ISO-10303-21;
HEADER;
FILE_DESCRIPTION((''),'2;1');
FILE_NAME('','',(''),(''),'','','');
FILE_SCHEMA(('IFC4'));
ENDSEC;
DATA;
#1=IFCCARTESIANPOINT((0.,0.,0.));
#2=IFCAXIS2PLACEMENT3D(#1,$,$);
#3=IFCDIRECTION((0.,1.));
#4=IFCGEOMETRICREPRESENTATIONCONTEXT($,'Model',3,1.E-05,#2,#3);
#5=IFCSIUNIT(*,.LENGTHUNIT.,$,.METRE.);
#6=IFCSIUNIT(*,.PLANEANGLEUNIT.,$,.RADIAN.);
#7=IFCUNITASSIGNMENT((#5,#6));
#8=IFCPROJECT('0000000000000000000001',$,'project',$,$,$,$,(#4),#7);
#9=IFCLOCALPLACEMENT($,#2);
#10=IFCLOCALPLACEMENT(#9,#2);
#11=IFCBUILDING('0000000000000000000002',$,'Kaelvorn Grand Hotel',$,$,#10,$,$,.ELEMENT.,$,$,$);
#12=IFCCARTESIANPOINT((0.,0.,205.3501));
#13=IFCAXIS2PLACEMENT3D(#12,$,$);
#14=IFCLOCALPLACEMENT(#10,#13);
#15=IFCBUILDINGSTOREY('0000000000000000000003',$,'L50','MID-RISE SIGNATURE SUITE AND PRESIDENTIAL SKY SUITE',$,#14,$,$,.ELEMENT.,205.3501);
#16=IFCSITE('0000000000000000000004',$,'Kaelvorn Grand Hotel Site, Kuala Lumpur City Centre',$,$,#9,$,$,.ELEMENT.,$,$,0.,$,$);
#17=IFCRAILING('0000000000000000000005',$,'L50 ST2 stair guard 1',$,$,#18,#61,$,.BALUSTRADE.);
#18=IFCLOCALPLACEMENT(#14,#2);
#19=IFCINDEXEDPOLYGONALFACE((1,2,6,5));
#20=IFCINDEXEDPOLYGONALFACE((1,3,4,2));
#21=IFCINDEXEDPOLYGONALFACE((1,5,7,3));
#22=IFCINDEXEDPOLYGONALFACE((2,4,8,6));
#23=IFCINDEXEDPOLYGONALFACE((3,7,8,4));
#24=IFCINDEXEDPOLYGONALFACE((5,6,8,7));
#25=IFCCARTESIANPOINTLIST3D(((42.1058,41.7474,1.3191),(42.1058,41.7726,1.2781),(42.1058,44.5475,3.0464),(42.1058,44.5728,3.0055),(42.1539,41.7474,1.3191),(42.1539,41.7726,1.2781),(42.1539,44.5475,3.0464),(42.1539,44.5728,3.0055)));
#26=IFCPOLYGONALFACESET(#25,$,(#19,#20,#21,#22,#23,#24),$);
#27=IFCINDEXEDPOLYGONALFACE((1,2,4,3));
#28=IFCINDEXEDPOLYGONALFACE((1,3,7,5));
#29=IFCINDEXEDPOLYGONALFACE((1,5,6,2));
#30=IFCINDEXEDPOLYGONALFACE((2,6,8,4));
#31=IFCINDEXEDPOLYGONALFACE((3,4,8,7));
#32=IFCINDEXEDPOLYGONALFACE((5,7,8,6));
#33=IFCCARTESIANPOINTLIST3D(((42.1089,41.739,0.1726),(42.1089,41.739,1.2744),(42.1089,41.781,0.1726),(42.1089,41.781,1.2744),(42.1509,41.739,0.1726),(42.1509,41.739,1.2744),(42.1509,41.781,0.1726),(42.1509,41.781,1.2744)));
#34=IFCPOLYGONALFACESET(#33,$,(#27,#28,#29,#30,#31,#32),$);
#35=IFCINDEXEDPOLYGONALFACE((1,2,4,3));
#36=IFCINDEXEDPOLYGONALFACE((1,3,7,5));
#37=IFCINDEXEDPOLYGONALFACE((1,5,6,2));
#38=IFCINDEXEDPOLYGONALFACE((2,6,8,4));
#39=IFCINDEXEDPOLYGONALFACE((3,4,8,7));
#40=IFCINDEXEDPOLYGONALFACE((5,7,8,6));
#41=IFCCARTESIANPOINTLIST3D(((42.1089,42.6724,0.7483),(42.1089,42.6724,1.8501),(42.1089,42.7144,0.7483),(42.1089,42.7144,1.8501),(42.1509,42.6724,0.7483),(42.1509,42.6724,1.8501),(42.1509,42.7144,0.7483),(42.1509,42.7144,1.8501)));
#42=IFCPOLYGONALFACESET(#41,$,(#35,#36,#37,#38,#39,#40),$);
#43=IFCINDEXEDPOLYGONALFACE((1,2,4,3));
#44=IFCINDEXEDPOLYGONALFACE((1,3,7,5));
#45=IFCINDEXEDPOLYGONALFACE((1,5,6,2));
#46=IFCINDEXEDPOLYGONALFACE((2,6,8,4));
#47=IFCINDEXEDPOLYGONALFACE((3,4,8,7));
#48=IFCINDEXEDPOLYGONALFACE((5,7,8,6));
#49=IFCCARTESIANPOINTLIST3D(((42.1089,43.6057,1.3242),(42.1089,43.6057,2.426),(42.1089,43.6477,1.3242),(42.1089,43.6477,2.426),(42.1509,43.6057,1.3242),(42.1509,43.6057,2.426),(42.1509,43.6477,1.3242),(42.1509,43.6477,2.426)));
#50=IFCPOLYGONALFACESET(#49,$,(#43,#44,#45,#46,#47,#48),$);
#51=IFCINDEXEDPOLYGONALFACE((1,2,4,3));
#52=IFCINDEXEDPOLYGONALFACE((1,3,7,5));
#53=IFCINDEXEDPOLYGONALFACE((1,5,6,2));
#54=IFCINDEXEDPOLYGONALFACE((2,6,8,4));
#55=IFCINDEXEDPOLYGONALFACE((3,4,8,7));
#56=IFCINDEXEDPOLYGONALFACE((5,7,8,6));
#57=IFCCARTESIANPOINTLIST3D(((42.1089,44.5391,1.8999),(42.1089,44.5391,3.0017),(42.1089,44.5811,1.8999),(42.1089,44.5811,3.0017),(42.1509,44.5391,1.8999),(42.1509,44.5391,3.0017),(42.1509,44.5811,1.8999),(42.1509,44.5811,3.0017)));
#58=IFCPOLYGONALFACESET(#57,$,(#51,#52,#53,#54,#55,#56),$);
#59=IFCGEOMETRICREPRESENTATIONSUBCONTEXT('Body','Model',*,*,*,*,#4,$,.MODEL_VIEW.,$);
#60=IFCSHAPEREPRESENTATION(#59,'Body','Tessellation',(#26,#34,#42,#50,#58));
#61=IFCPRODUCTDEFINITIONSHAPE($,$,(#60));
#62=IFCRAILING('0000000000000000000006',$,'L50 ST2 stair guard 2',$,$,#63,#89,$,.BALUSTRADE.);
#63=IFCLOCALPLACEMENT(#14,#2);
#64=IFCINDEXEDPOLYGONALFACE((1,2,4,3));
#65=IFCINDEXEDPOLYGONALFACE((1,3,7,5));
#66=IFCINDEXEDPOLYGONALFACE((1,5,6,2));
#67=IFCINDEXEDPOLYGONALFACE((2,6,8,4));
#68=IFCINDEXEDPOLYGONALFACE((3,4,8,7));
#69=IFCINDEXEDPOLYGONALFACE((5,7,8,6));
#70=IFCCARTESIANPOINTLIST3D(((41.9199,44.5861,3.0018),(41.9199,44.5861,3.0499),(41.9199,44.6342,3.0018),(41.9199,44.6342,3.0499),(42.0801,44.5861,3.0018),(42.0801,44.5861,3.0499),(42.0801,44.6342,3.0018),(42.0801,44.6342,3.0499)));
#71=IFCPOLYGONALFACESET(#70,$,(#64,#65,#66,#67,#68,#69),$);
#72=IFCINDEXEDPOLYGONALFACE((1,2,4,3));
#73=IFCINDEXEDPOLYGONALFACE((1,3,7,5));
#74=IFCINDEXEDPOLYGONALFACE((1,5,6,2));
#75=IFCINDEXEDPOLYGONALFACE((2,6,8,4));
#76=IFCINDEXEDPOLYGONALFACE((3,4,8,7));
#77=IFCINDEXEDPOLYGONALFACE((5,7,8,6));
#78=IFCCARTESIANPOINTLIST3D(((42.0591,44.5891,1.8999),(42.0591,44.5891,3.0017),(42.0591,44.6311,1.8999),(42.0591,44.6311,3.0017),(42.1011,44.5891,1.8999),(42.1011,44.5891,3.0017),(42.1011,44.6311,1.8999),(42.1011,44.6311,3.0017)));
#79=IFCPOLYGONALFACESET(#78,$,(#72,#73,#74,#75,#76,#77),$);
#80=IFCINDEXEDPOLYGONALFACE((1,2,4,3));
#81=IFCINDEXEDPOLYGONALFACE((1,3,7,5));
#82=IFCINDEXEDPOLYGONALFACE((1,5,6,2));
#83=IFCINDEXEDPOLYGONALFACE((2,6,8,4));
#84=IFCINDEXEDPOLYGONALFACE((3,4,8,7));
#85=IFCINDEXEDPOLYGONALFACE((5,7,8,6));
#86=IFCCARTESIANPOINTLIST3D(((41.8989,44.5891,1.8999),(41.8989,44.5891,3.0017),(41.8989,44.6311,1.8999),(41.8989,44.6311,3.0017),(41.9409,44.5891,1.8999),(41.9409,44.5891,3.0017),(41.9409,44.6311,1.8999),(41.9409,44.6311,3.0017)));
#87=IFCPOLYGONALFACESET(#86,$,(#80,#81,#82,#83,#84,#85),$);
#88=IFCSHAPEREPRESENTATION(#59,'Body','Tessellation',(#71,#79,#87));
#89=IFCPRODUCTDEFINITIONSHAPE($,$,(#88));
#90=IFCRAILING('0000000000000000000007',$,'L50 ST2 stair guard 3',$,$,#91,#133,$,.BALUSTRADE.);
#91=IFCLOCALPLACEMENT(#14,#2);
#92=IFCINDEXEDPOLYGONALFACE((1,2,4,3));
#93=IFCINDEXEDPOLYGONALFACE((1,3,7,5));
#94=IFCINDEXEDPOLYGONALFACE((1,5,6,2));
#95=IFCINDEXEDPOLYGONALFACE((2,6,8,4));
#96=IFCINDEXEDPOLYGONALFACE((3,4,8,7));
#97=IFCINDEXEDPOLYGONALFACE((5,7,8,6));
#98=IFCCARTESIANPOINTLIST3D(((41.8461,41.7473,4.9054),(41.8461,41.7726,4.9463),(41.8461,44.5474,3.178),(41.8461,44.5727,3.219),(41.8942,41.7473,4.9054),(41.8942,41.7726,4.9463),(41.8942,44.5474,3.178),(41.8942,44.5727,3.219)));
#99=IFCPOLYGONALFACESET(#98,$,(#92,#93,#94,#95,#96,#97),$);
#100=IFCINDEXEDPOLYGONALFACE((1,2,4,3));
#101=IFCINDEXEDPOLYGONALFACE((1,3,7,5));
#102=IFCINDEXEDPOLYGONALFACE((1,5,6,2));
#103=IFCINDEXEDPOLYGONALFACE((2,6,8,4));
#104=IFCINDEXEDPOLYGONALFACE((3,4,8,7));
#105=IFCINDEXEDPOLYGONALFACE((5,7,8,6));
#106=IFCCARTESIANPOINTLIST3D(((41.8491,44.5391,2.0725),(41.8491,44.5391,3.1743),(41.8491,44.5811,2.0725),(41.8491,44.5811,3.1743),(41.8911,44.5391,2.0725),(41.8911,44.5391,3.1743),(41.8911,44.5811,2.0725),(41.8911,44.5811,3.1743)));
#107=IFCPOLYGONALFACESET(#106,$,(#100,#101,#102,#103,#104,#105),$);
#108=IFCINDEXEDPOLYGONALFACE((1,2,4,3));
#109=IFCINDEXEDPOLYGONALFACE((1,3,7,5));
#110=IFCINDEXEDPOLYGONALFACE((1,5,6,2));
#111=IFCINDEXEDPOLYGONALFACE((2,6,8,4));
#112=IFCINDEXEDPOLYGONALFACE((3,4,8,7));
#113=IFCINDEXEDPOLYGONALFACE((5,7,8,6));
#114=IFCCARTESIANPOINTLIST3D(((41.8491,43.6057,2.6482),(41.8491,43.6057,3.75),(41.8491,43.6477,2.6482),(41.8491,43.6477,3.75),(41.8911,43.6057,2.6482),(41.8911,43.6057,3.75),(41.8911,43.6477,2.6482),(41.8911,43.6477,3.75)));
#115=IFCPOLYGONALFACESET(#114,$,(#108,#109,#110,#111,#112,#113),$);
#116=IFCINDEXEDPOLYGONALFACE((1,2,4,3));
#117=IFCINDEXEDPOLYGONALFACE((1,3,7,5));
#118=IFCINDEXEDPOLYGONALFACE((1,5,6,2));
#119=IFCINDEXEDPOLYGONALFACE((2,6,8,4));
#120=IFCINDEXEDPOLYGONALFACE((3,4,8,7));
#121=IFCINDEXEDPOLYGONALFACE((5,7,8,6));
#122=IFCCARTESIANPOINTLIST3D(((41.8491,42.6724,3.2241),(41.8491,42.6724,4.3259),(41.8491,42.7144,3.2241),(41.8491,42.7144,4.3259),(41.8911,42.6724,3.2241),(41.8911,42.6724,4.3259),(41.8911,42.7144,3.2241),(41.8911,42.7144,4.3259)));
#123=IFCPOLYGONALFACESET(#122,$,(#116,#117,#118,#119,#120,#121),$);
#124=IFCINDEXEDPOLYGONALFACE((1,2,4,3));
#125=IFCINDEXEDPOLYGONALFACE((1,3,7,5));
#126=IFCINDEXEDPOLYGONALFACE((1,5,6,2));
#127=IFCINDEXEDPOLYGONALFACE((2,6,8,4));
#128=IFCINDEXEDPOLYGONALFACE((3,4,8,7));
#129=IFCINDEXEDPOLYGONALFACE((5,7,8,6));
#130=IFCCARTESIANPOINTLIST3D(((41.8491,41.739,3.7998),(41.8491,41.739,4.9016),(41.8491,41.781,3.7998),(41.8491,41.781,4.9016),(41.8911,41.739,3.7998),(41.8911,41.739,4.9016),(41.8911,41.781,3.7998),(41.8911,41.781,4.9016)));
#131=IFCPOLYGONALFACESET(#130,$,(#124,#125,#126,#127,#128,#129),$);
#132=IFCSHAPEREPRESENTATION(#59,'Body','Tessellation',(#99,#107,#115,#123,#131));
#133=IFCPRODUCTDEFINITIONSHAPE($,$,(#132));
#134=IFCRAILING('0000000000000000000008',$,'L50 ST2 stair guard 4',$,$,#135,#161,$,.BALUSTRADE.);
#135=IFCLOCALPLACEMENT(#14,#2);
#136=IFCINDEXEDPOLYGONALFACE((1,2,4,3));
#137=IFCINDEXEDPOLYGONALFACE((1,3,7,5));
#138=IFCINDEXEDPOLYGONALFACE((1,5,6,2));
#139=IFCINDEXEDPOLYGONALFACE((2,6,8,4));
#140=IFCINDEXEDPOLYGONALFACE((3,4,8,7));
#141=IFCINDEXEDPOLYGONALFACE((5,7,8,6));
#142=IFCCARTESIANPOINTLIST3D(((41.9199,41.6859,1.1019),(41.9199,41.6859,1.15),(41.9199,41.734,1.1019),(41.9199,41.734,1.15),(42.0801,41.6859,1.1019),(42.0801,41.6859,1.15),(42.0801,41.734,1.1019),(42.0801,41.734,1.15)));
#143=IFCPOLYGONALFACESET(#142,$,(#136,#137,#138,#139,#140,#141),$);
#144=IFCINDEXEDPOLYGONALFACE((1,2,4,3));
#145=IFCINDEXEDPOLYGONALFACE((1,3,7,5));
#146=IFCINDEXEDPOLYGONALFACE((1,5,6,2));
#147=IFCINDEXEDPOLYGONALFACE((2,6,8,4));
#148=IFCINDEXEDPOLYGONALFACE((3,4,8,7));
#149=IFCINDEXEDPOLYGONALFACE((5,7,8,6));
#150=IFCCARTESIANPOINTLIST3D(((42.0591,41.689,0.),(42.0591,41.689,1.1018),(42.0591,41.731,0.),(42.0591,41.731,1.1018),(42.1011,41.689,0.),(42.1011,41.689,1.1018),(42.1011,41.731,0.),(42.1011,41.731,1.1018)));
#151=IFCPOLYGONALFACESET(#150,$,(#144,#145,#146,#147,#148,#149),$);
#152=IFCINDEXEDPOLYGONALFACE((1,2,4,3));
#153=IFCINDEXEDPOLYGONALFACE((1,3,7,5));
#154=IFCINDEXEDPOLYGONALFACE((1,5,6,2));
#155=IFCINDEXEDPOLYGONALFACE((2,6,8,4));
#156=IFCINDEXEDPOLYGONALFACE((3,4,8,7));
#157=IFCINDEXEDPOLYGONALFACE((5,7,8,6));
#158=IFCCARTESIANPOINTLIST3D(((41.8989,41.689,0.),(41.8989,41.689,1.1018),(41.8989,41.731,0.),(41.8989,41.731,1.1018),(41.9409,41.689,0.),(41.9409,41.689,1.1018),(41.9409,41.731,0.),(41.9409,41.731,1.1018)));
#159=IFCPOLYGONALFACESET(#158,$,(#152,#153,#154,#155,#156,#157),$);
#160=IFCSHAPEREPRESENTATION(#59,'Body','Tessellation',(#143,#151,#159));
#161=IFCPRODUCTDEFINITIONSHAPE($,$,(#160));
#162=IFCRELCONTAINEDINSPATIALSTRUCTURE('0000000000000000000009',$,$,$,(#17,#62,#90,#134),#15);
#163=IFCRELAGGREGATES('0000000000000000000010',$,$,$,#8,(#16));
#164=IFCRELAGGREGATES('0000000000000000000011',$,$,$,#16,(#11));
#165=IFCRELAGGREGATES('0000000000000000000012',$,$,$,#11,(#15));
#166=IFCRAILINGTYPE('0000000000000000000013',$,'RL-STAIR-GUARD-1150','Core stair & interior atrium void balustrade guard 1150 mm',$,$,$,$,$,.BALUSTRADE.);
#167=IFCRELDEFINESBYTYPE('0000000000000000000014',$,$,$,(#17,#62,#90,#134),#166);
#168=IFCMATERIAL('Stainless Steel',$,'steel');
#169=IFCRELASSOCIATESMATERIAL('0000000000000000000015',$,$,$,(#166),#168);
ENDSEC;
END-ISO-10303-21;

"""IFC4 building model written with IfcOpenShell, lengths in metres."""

from ifc_helpers import new_model, si_unit, direction, frame, origin, origin_2d, place, context, subcontext, project, spatial, rectangle, extrude, material, type_object, element, save


model = new_model("IFC4")

# Units and contexts
model_context = context("Model", 3, precision=1e-05, world=origin(), true_north=direction((0.0, 1.0)))
body_context = subcontext(model_context, "Body", "Model", "MODEL_VIEW")
ifc_project = project(units=[si_unit("LENGTHUNIT", "METRE"), si_unit("PLANEANGLEUNIT", "RADIAN")], contexts=[model_context])

# Site, building, storey
site_placement = place(None, origin())
site = spatial("IfcSite", under=ifc_project, at=site_placement, Name="Kaelvorn Grand Hotel Site, Kuala Lumpur City Centre", CompositionType="ELEMENT", RefElevation=0.0)
building_placement = place(site_placement, origin())
building = spatial("IfcBuilding", under=site, at=building_placement, Name="Kaelvorn Grand Hotel", CompositionType="ELEMENT")
storey_placement = place(building_placement, frame((0.0, 0.0, 205.3501)))
storey = spatial("IfcBuildingStorey", under=building, at=storey_placement, Name="L50", Description="MID-RISE SIGNATURE SUITE AND PRESIDENTIAL SKY SUITE", CompositionType="ELEMENT", Elevation=205.3501)

# Railings
ifc_material_1 = material(Name="Stainless Steel", Category="steel")
railing_type_1 = type_object("IfcRailingType", Name="RL-STAIR-GUARD-1150", Description="Core stair & interior atrium void balustrade guard 1150 mm", PredefinedType="BALUSTRADE", material=ifc_material_1)
railing_1_placement = place(storey_placement, frame((42.1299, 41.76, 0.1726)))
element("IfcRailing", 1, at=railing_1_placement, inside=storey, type_object=railing_type_1, Name="L50 ST2 stair guard 1", PredefinedType="BALUSTRADE", context=body_context, shape_type="SweptSolid", body=[
    extrude(rectangle(XDim=0.0481, YDim=0.0481, at=origin_2d()), frame((0.0, 0.0, 1.126), z_axis=(0.0, 0.85109, 0.52502), x_axis=(-1.0, 0.0, 0.0)), (0.0, 0.0, 1.0), 3.29),
    extrude(rectangle(XDim=0.042, YDim=0.042, at=origin_2d()), origin(), (0.0, 0.0, 1.0), 1.1018),
    extrude(rectangle(XDim=0.042, YDim=0.042, at=origin_2d()), frame((0.0, 0.9333, 0.5757)), (0.0, 0.0, 1.0), 1.1018),
    extrude(rectangle(XDim=0.042, YDim=0.042, at=origin_2d()), frame((0.0, 1.8667, 1.1516)), (0.0, 0.0, 1.0), 1.1018),
    extrude(rectangle(XDim=0.042, YDim=0.042, at=origin_2d()), frame((0.0, 2.8, 1.7273)), (0.0, 0.0, 1.0), 1.1018),
])
railing_2_placement = place(storey_placement, frame((42.0801, 44.6101, 1.8999)))
element("IfcRailing", 2, at=railing_2_placement, inside=storey, type_object=railing_type_1, Name="L50 ST2 stair guard 2", PredefinedType="BALUSTRADE", context=body_context, shape_type="SweptSolid", body=[
    extrude(rectangle(XDim=0.0481, YDim=0.0481, at=origin_2d()), frame((0.0, 0.0, 1.126), z_axis=(-1.0, 0.0, 0.0), x_axis=(0.0, -1.0, 0.0)), (0.0, 0.0, 1.0), 0.1602),
    extrude(rectangle(XDim=0.042, YDim=0.042, at=origin_2d()), origin(), (0.0, 0.0, 1.0), 1.1018),
    extrude(rectangle(XDim=0.042, YDim=0.042, at=origin_2d()), frame((-0.1602, 0.0, 0.0)), (0.0, 0.0, 1.0), 1.1018),
])
railing_3_placement = place(storey_placement, frame((41.8701, 44.5601, 2.0725)))
element("IfcRailing", 3, at=railing_3_placement, inside=storey, type_object=railing_type_1, Name="L50 ST2 stair guard 3", PredefinedType="BALUSTRADE", context=body_context, shape_type="SweptSolid", body=[
    extrude(rectangle(XDim=0.0481, YDim=0.0481, at=origin_2d()), frame((0.0, 0.0, 1.126), z_axis=(0.0, -0.85109, 0.52502), x_axis=(1.0, 0.0, 0.0)), (0.0, 0.0, 1.0), 3.29),
    extrude(rectangle(XDim=0.042, YDim=0.042, at=origin_2d()), origin(), (0.0, 0.0, 1.0), 1.1018),
    extrude(rectangle(XDim=0.042, YDim=0.042, at=origin_2d()), frame((0.0, -0.9333, 0.5757)), (0.0, 0.0, 1.0), 1.1018),
    extrude(rectangle(XDim=0.042, YDim=0.042, at=origin_2d()), frame((0.0, -1.8667, 1.1516)), (0.0, 0.0, 1.0), 1.1018),
    extrude(rectangle(XDim=0.042, YDim=0.042, at=origin_2d()), frame((0.0, -2.8, 1.7273)), (0.0, 0.0, 1.0), 1.1018),
])
railing_4_placement = place(storey_placement, frame((42.0801, 41.71, 0.0)))
element("IfcRailing", 4, at=railing_4_placement, inside=storey, type_object=railing_type_1, Name="L50 ST2 stair guard 4", PredefinedType="BALUSTRADE", context=body_context, shape_type="SweptSolid", body=[
    extrude(rectangle(XDim=0.0481, YDim=0.0481, at=origin_2d()), frame((0.0, 0.0, 1.126), z_axis=(-1.0, 0.0, 0.0), x_axis=(0.0, -1.0, 0.0)), (0.0, 0.0, 1.0), 0.1602),
    extrude(rectangle(XDim=0.042, YDim=0.042, at=origin_2d()), origin(), (0.0, 0.0, 1.0), 1.1018),
    extrude(rectangle(XDim=0.042, YDim=0.042, at=origin_2d()), frame((-0.1602, 0.0, 0.0)), (0.0, 0.0, 1.0), 1.1018),
])

save(model, "model.ifc")
